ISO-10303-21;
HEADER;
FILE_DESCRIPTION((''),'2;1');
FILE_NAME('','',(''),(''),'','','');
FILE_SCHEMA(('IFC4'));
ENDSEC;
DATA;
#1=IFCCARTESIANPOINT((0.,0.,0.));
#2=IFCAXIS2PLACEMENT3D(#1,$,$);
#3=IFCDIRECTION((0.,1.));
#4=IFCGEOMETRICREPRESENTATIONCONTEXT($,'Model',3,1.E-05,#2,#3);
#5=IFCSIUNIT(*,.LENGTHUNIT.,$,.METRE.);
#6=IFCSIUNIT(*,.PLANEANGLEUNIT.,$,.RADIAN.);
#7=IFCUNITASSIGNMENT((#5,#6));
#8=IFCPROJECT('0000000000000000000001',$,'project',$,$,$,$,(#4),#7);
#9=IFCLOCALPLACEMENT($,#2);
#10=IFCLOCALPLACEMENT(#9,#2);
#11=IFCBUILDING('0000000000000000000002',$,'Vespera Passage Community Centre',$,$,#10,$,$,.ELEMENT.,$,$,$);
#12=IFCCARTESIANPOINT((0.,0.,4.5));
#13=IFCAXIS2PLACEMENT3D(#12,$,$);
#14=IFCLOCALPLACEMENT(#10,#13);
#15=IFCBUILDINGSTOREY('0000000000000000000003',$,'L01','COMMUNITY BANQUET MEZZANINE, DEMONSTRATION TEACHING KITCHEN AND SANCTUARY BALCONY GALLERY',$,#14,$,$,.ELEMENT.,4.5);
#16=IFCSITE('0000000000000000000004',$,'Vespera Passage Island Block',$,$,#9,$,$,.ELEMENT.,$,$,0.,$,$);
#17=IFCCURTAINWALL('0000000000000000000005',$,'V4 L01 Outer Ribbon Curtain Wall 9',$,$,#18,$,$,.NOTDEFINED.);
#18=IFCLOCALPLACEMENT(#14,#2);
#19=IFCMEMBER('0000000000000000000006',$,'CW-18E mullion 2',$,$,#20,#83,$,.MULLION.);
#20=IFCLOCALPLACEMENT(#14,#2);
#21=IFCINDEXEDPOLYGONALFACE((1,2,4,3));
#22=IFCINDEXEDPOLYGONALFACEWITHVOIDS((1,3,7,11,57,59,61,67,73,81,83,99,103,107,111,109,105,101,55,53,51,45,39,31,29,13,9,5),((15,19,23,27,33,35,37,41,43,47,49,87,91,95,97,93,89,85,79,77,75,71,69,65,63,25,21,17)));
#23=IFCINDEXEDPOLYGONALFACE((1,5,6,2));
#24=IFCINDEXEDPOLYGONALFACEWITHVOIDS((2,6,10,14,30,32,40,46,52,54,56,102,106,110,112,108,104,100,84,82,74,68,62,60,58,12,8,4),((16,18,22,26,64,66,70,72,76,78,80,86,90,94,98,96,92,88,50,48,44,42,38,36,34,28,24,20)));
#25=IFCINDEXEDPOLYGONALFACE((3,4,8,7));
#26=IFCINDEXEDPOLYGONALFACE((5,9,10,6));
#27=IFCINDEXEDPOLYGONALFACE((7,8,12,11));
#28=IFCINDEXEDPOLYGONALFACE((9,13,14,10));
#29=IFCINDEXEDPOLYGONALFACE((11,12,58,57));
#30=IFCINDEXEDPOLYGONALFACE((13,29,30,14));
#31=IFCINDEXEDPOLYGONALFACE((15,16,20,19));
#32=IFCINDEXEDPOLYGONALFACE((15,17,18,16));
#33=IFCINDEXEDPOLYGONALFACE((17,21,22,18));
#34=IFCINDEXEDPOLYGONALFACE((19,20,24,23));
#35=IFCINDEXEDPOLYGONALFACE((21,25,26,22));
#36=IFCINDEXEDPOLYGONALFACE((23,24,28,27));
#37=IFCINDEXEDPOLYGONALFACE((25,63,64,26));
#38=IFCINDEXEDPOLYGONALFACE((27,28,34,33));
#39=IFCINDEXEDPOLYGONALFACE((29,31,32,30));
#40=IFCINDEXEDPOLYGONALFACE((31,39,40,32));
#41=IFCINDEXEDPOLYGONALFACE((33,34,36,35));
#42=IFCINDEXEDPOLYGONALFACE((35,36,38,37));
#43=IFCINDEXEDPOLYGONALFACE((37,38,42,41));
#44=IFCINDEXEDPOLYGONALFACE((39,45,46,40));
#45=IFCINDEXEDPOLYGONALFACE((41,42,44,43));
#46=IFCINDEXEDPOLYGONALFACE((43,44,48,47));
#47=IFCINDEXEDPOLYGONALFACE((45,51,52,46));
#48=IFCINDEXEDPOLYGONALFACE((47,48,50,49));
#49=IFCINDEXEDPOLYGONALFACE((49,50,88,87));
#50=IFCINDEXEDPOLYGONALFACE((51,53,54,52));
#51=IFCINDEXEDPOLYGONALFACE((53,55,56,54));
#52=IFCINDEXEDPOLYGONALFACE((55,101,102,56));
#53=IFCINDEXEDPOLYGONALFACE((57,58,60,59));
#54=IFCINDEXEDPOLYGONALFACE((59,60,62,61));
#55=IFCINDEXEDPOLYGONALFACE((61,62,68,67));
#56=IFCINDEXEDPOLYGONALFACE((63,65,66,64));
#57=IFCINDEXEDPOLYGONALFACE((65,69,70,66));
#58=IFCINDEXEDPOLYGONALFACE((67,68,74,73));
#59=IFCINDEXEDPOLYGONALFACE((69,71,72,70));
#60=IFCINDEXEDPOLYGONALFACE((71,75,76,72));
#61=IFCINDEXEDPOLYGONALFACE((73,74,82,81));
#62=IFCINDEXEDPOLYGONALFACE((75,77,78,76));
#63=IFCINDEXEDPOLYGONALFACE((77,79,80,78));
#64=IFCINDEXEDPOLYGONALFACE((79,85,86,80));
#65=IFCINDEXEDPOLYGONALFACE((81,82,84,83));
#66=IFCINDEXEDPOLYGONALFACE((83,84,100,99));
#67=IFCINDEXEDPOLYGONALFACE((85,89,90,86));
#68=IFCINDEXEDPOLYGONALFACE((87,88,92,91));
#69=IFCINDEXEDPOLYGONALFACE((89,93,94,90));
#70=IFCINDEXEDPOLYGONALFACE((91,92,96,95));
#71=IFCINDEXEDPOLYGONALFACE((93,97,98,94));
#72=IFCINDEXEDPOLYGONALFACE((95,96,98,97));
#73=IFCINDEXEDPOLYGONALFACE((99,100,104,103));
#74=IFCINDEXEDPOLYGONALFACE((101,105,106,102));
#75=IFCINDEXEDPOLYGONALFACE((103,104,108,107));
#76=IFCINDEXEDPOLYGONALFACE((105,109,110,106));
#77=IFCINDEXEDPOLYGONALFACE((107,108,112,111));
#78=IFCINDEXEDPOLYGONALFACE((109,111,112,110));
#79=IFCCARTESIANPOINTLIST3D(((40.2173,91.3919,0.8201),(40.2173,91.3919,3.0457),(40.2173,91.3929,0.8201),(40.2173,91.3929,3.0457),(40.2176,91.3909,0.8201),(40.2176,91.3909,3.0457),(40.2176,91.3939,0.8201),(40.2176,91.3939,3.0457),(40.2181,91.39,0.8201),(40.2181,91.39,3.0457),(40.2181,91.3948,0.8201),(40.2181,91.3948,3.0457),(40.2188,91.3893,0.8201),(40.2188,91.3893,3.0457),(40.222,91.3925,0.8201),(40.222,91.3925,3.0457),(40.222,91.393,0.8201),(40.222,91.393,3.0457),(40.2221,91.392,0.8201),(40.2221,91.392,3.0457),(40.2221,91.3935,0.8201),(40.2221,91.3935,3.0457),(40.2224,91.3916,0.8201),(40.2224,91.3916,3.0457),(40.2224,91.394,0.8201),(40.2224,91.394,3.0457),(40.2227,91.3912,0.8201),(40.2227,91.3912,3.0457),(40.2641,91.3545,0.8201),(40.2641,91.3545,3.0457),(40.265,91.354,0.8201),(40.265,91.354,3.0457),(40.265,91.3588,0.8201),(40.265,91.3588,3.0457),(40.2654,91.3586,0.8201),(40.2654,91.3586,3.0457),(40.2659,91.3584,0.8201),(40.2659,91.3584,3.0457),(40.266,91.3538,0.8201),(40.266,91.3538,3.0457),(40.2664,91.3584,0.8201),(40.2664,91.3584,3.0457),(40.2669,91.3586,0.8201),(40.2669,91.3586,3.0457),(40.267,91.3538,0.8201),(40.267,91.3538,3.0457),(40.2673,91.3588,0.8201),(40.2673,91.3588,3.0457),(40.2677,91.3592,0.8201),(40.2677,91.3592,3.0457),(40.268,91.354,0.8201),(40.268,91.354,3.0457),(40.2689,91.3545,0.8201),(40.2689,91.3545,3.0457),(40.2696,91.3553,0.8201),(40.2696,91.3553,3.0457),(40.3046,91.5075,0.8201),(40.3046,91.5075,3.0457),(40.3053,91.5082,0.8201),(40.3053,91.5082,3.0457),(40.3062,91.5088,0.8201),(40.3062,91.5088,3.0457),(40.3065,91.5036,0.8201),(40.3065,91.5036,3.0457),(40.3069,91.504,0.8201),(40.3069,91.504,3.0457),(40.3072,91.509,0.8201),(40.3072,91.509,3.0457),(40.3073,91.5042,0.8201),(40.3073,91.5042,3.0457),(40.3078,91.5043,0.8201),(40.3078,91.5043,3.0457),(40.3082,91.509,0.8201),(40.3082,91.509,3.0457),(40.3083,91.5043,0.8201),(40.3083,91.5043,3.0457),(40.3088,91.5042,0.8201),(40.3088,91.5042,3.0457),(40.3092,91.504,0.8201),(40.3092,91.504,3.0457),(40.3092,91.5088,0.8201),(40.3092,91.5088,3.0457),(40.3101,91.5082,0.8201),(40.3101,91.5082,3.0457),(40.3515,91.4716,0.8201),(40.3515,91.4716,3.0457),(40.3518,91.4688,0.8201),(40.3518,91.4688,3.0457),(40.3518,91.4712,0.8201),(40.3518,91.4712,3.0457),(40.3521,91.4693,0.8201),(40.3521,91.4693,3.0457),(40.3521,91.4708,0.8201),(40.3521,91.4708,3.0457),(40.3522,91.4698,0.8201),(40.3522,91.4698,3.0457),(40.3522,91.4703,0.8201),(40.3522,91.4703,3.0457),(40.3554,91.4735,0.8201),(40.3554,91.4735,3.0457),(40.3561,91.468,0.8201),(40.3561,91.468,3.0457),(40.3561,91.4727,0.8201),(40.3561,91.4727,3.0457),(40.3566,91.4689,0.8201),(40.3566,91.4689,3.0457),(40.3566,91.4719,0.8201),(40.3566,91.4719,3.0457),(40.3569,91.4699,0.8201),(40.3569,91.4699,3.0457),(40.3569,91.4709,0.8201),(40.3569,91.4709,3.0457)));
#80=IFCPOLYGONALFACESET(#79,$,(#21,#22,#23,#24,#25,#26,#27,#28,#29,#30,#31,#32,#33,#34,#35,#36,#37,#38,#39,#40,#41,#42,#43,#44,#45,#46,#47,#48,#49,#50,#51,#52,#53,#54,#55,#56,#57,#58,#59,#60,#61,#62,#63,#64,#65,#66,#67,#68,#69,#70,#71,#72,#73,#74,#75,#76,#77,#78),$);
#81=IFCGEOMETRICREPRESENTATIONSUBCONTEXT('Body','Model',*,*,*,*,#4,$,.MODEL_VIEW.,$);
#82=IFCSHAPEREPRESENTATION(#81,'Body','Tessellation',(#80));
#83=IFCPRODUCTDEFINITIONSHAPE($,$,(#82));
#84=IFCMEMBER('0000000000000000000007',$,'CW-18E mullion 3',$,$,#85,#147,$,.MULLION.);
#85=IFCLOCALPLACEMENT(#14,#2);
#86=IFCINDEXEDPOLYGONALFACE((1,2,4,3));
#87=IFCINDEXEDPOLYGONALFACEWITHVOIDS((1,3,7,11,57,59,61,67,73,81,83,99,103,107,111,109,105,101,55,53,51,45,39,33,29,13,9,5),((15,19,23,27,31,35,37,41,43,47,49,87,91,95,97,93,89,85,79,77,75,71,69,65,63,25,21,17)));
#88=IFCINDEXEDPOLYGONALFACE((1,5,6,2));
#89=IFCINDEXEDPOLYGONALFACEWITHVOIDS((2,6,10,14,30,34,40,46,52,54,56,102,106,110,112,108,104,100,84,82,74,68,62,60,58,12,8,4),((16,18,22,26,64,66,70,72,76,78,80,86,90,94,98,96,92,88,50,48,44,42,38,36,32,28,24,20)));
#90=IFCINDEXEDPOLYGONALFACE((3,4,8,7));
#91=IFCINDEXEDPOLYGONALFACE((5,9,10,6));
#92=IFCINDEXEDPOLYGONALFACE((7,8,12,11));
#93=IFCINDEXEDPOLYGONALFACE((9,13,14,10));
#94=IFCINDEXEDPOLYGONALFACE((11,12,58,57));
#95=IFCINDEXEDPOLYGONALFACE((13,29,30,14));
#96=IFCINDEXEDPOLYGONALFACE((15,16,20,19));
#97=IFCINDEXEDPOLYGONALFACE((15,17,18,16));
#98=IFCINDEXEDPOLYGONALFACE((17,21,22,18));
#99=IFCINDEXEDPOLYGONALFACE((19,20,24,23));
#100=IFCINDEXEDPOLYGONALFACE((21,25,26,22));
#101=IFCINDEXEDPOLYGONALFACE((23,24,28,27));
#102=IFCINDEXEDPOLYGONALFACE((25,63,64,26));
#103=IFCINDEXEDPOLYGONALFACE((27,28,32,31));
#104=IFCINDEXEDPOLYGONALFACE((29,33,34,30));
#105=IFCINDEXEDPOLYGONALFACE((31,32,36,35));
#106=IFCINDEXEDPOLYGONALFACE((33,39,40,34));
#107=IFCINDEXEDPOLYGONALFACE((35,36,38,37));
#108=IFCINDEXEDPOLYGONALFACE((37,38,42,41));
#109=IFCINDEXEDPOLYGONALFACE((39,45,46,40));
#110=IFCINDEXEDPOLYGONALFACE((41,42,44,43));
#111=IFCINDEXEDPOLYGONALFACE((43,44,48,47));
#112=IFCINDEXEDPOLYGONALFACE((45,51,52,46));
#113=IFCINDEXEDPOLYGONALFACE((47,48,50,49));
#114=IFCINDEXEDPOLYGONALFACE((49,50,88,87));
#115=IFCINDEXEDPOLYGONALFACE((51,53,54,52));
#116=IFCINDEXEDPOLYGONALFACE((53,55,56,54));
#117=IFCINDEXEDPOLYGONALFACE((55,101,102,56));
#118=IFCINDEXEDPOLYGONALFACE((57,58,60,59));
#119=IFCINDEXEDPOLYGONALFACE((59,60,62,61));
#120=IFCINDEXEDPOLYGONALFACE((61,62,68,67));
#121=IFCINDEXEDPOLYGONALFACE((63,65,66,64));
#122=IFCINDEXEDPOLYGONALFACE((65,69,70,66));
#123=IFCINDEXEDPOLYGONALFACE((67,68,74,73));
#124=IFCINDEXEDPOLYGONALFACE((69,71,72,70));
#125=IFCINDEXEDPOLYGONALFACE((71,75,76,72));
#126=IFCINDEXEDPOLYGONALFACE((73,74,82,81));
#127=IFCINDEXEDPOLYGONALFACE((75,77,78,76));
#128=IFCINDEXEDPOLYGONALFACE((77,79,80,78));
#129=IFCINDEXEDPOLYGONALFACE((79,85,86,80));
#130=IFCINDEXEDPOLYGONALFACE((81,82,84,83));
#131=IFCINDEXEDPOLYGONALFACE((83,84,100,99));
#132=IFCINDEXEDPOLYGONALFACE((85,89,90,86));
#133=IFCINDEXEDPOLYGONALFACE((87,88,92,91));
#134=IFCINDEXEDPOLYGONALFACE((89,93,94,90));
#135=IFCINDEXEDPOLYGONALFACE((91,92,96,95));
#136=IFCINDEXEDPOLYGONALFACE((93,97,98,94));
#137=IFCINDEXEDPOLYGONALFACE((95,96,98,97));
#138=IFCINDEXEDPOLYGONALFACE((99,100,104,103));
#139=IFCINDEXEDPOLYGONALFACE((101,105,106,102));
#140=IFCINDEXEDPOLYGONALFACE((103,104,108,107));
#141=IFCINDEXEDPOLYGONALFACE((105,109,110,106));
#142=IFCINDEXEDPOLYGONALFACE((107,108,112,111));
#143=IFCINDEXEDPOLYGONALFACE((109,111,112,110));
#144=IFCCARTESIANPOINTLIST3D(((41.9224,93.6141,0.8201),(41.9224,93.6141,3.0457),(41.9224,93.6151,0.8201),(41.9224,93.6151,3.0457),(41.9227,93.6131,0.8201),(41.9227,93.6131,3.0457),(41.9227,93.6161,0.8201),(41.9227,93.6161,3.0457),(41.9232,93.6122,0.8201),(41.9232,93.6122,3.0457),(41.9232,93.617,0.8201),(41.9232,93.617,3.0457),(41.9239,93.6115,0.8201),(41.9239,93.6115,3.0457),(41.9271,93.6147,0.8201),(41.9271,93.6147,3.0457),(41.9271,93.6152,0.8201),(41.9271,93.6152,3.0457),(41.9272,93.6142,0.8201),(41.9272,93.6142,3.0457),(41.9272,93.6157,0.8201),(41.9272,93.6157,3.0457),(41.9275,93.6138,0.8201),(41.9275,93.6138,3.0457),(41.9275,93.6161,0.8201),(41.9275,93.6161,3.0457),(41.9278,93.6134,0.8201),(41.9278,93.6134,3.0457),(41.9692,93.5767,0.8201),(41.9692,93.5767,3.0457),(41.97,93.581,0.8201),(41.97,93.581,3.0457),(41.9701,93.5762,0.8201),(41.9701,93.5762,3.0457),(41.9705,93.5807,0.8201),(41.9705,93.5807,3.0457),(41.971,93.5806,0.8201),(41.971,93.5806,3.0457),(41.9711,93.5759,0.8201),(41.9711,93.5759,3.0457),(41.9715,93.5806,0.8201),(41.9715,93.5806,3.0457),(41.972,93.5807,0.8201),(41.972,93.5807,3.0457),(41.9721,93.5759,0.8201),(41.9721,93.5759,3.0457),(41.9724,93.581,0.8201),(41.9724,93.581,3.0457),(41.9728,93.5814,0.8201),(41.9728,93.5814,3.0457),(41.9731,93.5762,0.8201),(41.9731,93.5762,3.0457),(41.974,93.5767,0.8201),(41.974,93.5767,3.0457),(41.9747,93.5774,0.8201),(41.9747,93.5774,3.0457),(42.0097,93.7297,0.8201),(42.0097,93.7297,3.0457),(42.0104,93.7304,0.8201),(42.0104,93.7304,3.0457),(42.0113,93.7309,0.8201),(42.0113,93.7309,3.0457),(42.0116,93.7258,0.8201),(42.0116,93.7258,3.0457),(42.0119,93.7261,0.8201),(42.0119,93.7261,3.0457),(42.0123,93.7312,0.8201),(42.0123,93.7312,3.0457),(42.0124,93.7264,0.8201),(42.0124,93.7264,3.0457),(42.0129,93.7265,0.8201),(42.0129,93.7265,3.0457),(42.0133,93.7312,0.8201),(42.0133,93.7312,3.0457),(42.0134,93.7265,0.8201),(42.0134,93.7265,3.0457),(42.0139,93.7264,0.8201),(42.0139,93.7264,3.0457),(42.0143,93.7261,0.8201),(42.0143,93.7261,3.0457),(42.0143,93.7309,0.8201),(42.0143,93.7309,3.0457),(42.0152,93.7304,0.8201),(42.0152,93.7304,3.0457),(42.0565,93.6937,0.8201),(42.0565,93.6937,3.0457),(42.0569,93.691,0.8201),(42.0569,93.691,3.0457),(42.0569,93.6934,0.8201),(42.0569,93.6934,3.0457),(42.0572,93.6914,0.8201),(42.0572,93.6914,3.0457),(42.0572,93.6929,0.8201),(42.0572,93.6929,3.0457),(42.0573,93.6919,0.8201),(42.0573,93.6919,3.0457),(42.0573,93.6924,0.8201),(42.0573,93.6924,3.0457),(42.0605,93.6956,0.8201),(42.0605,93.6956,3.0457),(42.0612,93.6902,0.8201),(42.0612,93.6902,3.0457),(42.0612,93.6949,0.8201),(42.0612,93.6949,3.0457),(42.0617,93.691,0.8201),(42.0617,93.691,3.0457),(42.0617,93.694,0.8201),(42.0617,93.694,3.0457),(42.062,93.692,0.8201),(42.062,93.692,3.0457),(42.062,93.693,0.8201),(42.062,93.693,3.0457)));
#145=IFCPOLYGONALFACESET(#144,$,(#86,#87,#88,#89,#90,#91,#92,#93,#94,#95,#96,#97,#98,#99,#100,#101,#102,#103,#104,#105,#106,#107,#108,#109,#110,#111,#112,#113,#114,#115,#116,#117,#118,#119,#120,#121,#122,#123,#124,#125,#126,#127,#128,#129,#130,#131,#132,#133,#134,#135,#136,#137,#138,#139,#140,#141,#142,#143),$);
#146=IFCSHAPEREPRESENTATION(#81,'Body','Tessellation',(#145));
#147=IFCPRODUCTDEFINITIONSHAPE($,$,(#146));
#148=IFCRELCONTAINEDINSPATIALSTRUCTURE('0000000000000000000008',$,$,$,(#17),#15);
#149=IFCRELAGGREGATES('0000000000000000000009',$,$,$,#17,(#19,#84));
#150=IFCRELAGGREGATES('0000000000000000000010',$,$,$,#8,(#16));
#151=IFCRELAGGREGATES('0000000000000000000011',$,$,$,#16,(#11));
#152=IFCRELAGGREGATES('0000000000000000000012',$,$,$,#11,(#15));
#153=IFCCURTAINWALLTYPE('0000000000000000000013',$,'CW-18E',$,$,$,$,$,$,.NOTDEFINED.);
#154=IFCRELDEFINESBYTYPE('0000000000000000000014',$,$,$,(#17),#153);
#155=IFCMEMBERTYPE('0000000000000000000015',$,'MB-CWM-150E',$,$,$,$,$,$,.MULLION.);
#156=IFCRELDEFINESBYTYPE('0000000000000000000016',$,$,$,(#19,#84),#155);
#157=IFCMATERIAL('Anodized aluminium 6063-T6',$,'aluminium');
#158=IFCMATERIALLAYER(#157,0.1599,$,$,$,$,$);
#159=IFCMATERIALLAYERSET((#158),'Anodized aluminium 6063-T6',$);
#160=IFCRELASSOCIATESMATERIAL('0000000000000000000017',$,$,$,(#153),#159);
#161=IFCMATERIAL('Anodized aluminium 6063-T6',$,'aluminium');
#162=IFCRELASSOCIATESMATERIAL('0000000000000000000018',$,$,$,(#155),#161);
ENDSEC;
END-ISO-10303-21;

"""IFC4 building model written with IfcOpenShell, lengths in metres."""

from ifc_helpers import new_model, si_unit, direction, frame, origin, origin_2d, place, context, subcontext, project, spatial, hollow_rectangle, extrude, material, layer, layer_set, material_profile, profile_set, type_object, element, aggregate, save


model = new_model("IFC4")

# Units and contexts
model_context = context("Model", 3, precision=1e-05, world=origin(), true_north=direction((0.0, 1.0)))
body_context = subcontext(model_context, "Body", "Model", "MODEL_VIEW")
ifc_project = project(units=[si_unit("LENGTHUNIT", "METRE"), si_unit("PLANEANGLEUNIT", "RADIAN")], contexts=[model_context])

# Site, building, storey
site_placement = place(None, origin())
site = spatial("IfcSite", under=ifc_project, at=site_placement, Name="Vespera Passage Island Block", CompositionType="ELEMENT", RefElevation=0.0)
building_placement = place(site_placement, origin())
building = spatial("IfcBuilding", under=site, at=building_placement, Name="Vespera Passage Community Centre", CompositionType="ELEMENT")
storey_placement = place(building_placement, frame((0.0, 0.0, 4.5)))
storey = spatial("IfcBuildingStorey", under=building, at=storey_placement, Name="L01", Description="COMMUNITY BANQUET MEZZANINE, DEMONSTRATION TEACHING KITCHEN AND SANCTUARY BALCONY GALLERY", CompositionType="ELEMENT", Elevation=4.5)

# Curtain wall, members
ifc_material_1 = material(Name="Anodized aluminium 6063-T6", Category="aluminium")
ifc_layer_1 = layer(ifc_material_1, 0.1599)
ifc_layer_set_1 = layer_set([ifc_layer_1], Name="Anodized aluminium 6063-T6")
curtain_wall_type_1 = type_object("IfcCurtainWallType", Name="CW-18E", PredefinedType="NOTDEFINED", material=ifc_layer_set_1)
curtain_wall_1_placement = place(storey_placement, origin())
curtain_wall_1 = element("IfcCurtainWall", 1, at=curtain_wall_1_placement, inside=storey, type_object=curtain_wall_type_1, Name="V4 L01 Outer Ribbon Curtain Wall 9", PredefinedType="NOTDEFINED")
ifc_material_2 = material(Name="Anodized aluminium 6063-T6", Category="aluminium")
ifc_material_profile_1 = material_profile(ifc_material_2, hollow_rectangle(XDim=0.0649, YDim=0.1499, WallThickness=0.0039, InnerFilletRadius=0.002, OuterFilletRadius=0.0039, at=origin_2d()), Name="ALU150X65X4")
ifc_profile_set_1 = profile_set([ifc_material_profile_1], Name="Anodized aluminium 6063-T6")
member_type_1 = type_object("IfcMemberType", Name="MB-CWM-150E", PredefinedType="MULLION", material=ifc_profile_set_1)
member_1_placement = place(storey_placement, frame((40.2871, 91.4314, 0.8201), z_axis=(0.0, 0.0, 1.0), x_axis=(-0.79335, 0.608765, 0.0)))
member_1 = element("IfcMember", 2, at=member_1_placement, type_object=member_type_1, Name="CW-18E mullion 2", PredefinedType="MULLION", context=body_context, shape_type="SweptSolid", body=[
    extrude(hollow_rectangle(XDim=0.0649, YDim=0.1499, WallThickness=0.0039, InnerFilletRadius=0.002, OuterFilletRadius=0.0039, at=origin_2d()), origin(), (0.0, 0.0, 1.0), 2.2256),
])
member_2_placement = place(storey_placement, frame((41.9922, 93.6536, 0.8201), z_axis=(0.0, 0.0, 1.0), x_axis=(-0.79335, 0.608765, 0.0)))
member_2 = element("IfcMember", 3, at=member_2_placement, type_object=member_type_1, Name="CW-18E mullion 3", PredefinedType="MULLION", context=body_context, shape_type="SweptSolid", body=[
    extrude(hollow_rectangle(XDim=0.0649, YDim=0.1499, WallThickness=0.0039, InnerFilletRadius=0.002, OuterFilletRadius=0.0039, at=origin_2d()), origin(), (0.0, 0.0, 1.0), 2.2256),
])

aggregate(curtain_wall_1, [member_1, member_2])

save(model, "model.ifc")
